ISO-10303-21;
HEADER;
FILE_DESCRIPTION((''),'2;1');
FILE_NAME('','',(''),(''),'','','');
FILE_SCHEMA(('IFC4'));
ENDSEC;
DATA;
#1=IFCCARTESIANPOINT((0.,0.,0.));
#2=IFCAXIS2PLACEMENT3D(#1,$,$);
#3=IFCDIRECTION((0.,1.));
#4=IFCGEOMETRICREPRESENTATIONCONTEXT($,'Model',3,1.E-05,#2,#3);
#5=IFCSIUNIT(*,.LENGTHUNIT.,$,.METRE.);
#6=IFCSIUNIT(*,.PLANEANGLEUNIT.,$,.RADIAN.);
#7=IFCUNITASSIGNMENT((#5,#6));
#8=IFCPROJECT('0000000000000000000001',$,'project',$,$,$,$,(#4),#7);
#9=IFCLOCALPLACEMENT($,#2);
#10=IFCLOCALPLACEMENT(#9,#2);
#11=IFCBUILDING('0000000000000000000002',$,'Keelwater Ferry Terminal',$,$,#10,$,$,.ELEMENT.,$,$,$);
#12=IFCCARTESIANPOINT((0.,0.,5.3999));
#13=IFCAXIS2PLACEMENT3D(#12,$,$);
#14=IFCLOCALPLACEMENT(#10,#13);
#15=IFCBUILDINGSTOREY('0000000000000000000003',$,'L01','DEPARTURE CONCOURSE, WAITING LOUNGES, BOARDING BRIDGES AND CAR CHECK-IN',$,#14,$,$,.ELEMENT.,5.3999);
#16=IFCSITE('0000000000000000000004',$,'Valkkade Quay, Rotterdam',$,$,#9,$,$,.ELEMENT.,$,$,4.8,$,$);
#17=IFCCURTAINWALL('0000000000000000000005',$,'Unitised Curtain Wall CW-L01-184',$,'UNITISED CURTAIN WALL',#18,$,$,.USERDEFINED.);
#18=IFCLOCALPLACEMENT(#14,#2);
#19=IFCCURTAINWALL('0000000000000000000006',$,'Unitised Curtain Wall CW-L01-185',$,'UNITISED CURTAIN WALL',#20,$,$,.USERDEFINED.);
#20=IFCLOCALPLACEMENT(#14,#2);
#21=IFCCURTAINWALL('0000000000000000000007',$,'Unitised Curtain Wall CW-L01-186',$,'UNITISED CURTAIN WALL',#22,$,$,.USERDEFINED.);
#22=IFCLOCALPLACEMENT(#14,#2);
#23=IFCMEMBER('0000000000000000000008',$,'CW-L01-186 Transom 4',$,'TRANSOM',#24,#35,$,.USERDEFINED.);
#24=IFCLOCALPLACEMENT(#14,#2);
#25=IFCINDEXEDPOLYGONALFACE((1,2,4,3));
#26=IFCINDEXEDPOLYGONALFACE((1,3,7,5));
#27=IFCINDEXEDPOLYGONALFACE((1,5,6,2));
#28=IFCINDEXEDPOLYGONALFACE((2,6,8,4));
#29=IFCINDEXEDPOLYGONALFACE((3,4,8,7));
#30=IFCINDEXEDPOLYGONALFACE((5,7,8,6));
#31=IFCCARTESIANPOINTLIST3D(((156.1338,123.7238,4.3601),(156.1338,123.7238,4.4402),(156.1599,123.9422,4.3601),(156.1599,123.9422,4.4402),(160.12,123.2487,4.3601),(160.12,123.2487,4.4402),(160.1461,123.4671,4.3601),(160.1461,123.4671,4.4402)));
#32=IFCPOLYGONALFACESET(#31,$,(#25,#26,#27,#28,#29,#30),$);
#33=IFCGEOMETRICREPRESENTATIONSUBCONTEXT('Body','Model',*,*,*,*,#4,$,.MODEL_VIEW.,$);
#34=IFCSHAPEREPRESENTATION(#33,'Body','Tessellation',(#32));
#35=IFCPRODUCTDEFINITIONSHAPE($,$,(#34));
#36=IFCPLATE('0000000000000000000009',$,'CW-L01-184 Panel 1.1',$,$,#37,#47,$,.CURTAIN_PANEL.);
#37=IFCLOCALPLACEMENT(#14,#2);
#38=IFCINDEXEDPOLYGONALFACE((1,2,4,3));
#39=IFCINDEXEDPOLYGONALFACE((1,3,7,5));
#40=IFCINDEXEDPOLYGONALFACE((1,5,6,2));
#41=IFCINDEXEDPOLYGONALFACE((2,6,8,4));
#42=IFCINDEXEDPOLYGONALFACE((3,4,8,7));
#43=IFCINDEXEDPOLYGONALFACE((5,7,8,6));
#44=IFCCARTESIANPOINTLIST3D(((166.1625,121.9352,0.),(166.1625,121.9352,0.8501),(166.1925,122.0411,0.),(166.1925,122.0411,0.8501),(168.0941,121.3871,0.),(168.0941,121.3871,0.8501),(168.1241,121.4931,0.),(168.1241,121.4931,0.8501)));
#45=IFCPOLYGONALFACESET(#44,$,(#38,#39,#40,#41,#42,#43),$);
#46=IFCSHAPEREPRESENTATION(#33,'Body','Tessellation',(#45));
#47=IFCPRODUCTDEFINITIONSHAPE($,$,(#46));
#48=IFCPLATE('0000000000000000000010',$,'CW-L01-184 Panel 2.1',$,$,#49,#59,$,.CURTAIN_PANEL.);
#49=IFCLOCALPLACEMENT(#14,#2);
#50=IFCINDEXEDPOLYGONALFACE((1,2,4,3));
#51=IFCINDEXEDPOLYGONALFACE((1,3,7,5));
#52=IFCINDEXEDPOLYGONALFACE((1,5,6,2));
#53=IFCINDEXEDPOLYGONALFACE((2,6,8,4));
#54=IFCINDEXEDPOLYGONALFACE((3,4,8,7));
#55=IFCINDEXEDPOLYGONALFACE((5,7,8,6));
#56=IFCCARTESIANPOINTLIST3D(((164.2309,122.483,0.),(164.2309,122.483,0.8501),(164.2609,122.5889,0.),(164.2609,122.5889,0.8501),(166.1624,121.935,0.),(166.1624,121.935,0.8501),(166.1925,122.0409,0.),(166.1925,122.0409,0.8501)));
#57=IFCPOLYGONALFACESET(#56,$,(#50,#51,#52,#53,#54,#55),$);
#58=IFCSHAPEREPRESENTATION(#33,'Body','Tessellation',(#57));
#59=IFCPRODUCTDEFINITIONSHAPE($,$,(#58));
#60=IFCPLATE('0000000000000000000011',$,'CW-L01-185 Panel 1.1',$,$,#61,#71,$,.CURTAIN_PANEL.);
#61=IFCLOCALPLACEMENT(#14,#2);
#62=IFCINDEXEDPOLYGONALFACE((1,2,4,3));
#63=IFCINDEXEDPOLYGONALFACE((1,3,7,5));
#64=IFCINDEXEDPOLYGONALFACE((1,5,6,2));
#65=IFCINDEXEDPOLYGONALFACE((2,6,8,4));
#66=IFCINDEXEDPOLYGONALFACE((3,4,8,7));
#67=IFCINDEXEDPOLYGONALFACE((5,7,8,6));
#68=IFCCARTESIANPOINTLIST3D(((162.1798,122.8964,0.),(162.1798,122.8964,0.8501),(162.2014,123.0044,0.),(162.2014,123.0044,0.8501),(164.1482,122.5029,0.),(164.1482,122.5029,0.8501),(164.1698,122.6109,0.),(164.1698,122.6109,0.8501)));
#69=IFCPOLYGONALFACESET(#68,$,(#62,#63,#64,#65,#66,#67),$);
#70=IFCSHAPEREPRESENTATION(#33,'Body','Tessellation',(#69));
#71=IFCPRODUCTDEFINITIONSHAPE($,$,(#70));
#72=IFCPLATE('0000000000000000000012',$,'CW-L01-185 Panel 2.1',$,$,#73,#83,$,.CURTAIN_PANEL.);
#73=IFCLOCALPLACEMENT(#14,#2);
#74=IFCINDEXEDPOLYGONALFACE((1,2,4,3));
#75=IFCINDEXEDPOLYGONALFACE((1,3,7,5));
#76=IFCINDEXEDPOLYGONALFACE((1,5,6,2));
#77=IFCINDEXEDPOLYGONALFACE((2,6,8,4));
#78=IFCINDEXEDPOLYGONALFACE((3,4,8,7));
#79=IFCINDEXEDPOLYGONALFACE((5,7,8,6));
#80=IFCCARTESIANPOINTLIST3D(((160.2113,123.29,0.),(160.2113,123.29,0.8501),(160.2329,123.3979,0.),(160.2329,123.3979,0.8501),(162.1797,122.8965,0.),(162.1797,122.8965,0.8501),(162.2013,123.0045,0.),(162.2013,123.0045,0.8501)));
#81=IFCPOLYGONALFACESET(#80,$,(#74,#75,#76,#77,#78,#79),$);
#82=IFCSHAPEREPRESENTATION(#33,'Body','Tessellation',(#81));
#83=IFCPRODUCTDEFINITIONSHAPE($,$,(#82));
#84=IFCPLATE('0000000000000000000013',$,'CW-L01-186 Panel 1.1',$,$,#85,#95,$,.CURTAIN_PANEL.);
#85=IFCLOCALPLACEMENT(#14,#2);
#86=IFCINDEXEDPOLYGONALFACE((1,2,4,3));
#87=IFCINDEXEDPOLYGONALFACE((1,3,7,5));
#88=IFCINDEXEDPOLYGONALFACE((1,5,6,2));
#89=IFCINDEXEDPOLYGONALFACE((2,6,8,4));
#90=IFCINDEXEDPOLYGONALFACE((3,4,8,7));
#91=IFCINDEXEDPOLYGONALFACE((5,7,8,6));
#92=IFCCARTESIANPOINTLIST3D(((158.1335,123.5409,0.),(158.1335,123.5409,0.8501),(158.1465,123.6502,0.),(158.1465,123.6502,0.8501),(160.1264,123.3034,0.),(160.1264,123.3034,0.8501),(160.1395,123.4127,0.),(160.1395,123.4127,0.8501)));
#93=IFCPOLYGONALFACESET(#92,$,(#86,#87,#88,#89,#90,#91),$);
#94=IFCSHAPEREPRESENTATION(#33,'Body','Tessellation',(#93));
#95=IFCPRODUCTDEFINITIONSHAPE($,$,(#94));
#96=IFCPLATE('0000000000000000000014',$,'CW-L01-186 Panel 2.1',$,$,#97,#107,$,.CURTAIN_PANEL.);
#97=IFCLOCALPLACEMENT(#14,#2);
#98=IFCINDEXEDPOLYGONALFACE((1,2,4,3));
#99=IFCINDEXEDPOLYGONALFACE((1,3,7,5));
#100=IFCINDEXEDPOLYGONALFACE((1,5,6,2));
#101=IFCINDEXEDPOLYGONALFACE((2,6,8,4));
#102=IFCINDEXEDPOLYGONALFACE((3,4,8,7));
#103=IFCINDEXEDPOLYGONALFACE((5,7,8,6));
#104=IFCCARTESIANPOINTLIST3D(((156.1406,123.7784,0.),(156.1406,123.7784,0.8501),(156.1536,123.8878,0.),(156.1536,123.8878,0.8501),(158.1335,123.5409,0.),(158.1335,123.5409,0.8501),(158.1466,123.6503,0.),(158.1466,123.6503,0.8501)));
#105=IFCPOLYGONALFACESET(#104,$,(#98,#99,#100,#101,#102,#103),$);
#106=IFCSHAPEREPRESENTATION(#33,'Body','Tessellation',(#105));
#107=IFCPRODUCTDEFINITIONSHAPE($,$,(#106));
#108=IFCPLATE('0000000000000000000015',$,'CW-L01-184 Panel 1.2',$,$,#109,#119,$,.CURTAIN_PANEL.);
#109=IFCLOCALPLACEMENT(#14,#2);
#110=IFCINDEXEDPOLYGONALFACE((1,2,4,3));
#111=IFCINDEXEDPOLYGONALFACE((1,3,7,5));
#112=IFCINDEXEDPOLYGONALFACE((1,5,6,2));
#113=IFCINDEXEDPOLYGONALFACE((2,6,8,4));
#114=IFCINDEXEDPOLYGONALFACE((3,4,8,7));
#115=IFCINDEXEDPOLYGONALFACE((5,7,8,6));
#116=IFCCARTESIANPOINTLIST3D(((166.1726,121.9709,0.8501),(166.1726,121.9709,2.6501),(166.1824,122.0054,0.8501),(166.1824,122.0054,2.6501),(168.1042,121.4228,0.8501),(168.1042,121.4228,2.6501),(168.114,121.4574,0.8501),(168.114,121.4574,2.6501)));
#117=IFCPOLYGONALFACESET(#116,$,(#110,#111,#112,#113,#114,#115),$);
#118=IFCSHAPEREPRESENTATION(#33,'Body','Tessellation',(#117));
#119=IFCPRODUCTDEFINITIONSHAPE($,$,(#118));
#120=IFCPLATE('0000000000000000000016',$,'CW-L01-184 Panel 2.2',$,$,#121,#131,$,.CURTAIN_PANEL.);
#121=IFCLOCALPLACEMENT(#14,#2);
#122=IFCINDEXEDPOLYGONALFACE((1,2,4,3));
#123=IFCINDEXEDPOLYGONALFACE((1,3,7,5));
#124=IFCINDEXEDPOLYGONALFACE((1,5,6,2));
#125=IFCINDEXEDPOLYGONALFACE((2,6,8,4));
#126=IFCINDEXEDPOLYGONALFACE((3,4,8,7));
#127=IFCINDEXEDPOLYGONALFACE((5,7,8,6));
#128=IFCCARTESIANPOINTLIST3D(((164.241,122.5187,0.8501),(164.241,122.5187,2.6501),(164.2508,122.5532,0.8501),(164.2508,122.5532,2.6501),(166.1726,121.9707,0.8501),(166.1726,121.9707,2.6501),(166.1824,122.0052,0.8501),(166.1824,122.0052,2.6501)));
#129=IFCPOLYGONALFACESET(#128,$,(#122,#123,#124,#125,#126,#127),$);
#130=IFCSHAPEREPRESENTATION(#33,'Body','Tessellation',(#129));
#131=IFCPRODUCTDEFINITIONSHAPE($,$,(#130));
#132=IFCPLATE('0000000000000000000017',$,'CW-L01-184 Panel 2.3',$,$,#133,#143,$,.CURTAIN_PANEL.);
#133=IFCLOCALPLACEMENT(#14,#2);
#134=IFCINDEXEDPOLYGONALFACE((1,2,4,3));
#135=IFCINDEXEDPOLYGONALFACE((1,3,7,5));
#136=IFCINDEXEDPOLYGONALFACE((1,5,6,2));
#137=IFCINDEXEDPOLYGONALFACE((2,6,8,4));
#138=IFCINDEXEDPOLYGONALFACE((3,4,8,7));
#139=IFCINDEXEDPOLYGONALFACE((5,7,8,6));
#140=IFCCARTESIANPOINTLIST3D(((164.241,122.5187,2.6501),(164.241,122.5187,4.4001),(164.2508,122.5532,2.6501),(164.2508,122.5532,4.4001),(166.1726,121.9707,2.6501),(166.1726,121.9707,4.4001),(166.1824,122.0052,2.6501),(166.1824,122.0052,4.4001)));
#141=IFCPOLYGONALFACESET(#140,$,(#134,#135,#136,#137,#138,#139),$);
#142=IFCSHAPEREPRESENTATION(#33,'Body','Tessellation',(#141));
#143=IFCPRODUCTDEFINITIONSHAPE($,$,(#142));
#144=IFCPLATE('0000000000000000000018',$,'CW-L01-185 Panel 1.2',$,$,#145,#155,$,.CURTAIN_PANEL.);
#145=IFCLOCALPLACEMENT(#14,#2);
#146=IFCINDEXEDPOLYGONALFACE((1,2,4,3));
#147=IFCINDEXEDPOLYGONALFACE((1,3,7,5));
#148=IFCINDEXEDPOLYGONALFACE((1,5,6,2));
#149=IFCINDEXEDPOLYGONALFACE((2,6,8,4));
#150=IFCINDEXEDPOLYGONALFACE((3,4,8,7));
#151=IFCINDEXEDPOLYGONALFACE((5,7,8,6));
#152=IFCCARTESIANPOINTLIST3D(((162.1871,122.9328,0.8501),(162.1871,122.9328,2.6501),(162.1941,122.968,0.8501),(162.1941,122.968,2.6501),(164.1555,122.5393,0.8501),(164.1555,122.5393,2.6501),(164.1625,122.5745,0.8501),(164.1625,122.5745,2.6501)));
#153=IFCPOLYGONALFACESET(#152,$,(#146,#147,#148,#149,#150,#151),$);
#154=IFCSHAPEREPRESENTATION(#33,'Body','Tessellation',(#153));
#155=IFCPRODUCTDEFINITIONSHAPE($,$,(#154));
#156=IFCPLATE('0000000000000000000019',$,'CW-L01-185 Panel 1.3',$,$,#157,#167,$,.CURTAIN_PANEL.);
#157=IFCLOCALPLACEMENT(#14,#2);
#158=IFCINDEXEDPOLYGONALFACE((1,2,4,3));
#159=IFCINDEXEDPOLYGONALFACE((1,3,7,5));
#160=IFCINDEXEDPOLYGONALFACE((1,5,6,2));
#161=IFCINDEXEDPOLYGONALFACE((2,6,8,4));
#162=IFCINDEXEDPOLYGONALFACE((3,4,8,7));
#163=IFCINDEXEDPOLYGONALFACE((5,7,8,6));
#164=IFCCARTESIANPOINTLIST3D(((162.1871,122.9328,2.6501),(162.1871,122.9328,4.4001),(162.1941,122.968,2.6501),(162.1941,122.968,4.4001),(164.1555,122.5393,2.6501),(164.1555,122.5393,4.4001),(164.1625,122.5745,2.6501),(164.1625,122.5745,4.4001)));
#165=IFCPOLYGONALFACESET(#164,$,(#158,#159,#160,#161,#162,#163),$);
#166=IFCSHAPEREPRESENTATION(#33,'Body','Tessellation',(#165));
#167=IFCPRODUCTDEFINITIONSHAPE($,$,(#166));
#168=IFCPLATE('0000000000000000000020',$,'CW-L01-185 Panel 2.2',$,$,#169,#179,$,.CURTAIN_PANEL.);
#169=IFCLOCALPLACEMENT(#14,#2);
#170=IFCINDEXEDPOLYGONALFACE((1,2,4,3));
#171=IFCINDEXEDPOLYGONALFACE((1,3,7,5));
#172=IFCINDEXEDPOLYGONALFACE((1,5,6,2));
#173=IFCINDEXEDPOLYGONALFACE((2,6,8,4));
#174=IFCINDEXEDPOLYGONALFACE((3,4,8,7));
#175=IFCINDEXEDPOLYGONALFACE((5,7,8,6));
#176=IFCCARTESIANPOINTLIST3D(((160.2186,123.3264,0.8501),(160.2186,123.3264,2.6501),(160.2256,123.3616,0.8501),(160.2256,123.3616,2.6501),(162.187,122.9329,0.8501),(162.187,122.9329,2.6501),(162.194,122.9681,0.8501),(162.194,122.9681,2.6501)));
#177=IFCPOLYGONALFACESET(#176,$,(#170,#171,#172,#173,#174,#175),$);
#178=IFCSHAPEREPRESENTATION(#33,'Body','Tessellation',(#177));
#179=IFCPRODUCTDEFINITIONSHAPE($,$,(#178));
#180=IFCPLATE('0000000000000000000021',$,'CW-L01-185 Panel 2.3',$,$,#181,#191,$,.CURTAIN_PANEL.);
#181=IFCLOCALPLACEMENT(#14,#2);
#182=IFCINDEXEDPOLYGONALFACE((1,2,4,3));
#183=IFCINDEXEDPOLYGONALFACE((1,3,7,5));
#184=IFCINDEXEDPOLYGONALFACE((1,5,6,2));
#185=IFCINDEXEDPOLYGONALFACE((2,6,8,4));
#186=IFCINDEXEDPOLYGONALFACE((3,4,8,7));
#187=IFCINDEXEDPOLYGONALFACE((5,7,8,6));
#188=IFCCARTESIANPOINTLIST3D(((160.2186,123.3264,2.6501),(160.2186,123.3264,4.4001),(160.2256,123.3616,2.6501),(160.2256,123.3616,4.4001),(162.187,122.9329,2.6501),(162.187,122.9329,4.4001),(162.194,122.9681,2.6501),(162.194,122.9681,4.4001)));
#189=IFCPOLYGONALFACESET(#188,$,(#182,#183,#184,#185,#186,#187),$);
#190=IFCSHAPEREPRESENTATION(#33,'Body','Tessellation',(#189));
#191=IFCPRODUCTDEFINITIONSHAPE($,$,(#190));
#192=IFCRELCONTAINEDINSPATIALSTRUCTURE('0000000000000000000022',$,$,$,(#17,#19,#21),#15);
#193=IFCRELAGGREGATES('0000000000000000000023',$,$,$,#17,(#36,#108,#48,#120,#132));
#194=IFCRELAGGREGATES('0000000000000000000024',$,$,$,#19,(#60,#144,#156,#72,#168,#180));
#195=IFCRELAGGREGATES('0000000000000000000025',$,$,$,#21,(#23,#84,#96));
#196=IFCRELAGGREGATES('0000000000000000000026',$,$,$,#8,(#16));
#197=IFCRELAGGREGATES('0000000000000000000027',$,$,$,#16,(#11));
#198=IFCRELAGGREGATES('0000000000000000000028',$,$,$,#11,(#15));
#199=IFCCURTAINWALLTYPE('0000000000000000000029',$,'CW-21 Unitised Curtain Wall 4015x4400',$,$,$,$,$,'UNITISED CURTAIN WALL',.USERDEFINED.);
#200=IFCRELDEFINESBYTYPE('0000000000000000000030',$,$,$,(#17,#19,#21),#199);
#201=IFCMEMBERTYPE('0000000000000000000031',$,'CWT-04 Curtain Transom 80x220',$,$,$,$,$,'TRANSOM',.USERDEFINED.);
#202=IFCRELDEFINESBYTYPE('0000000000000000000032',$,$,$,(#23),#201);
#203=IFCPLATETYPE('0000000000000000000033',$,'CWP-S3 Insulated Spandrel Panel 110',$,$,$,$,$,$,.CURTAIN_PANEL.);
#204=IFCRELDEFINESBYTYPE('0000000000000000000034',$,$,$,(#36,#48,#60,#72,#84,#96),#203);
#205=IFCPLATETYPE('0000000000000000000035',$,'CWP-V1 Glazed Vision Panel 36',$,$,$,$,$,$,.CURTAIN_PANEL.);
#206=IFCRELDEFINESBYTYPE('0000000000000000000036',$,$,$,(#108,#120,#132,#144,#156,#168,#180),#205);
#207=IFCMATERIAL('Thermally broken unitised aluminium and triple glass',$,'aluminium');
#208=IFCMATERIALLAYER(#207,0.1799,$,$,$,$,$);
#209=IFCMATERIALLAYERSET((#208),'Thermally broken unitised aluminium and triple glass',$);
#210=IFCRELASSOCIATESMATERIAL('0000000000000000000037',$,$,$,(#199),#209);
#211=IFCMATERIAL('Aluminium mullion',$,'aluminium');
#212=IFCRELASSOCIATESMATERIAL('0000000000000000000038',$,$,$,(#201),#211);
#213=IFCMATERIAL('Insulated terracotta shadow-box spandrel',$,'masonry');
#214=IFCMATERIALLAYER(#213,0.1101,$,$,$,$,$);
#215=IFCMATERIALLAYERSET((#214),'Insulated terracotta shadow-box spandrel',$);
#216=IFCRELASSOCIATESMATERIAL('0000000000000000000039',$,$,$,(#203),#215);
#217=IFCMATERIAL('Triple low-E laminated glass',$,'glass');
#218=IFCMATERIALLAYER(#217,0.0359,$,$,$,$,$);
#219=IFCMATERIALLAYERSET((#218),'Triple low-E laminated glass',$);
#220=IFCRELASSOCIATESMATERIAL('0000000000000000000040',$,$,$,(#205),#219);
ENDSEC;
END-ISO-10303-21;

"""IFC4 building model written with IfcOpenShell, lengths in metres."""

from ifc_helpers import new_model, si_unit, direction, frame, origin, origin_2d, place, context, subcontext, project, spatial, rectangle, extrude, material, layer, layer_set, material_profile, profile_set, type_object, element, aggregate, save


model = new_model("IFC4")

# Units and contexts
model_context = context("Model", 3, precision=1e-05, world=origin(), true_north=direction((0.0, 1.0)))
body_context = subcontext(model_context, "Body", "Model", "MODEL_VIEW")
ifc_project = project(units=[si_unit("LENGTHUNIT", "METRE"), si_unit("PLANEANGLEUNIT", "RADIAN")], contexts=[model_context])

# Site, building, storey
site_placement = place(None, origin())
site = spatial("IfcSite", under=ifc_project, at=site_placement, Name="Valkkade Quay, Rotterdam", CompositionType="ELEMENT", RefElevation=4.8)
building_placement = place(site_placement, origin())
building = spatial("IfcBuilding", under=site, at=building_placement, Name="Keelwater Ferry Terminal", CompositionType="ELEMENT")
storey_placement = place(building_placement, frame((0.0, 0.0, 5.3999)))
storey = spatial("IfcBuildingStorey", under=building, at=storey_placement, Name="L01", Description="DEPARTURE CONCOURSE, WAITING LOUNGES, BOARDING BRIDGES AND CAR CHECK-IN", CompositionType="ELEMENT", Elevation=5.3999)

# Curtain walls
ifc_material_1 = material(Name="Thermally broken unitised aluminium and triple glass", Category="aluminium")
ifc_layer_1 = layer(ifc_material_1, 0.1799)
ifc_layer_set_1 = layer_set([ifc_layer_1], Name="Thermally broken unitised aluminium and triple glass")
curtain_wall_type = type_object("IfcCurtainWallType", Name="CW-21 Unitised Curtain Wall 4015x4400", ElementType="UNITISED CURTAIN WALL", PredefinedType="USERDEFINED", material=ifc_layer_set_1)
curtain_wall_1_placement = place(storey_placement, origin())
curtain_wall_1 = element("IfcCurtainWall", 1, at=curtain_wall_1_placement, inside=storey, type_object=curtain_wall_type, Name="Unitised Curtain Wall CW-L01-184", ObjectType="UNITISED CURTAIN WALL", PredefinedType="USERDEFINED")
curtain_wall_2_placement = place(storey_placement, origin())
curtain_wall_2 = element("IfcCurtainWall", 2, at=curtain_wall_2_placement, inside=storey, type_object=curtain_wall_type, Name="Unitised Curtain Wall CW-L01-185", ObjectType="UNITISED CURTAIN WALL", PredefinedType="USERDEFINED")
curtain_wall_3_placement = place(storey_placement, origin())
curtain_wall_3 = element("IfcCurtainWall", 3, at=curtain_wall_3_placement, inside=storey, type_object=curtain_wall_type, Name="Unitised Curtain Wall CW-L01-186", ObjectType="UNITISED CURTAIN WALL", PredefinedType="USERDEFINED")

# Member
ifc_material_2 = material(Name="Aluminium mullion", Category="aluminium")
ifc_material_profile_1 = material_profile(ifc_material_2, rectangle(XDim=0.22, YDim=0.0801, at=origin_2d()), Name="CWT-04")
ifc_profile_set_1 = profile_set([ifc_material_profile_1], Name="Aluminium mullion")
member_type_1 = type_object("IfcMemberType", Name="CWT-04 Curtain Transom 80x220", ElementType="TRANSOM", PredefinedType="USERDEFINED", material=ifc_profile_set_1)
member_1_placement = place(storey_placement, frame((160.1331, 123.3579, 4.4001), z_axis=(-0.992972, 0.118351, 0.0), x_axis=(-0.118351, -0.992972, 0.0)))
member_1 = element("IfcMember", 4, at=member_1_placement, type_object=member_type_1, Name="CW-L01-186 Transom 4", ObjectType="TRANSOM", PredefinedType="USERDEFINED", context=body_context, shape_type="SweptSolid", body=[
    extrude(rectangle(XDim=0.22, YDim=0.0801, at=origin_2d()), origin(), (0.0, 0.0, 1.0), 4.0144),
])

# Plates
ifc_material_3 = material(Name="Insulated terracotta shadow-box spandrel", Category="masonry")
ifc_layer_2 = layer(ifc_material_3, 0.1101)
ifc_layer_set_2 = layer_set([ifc_layer_2], Name="Insulated terracotta shadow-box spandrel")
plate_type_1 = type_object("IfcPlateType", Name="CWP-S3 Insulated Spandrel Panel 110", PredefinedType="CURTAIN_PANEL", material=ifc_layer_set_2)
plate_1_placement = place(storey_placement, frame((167.1433, 121.7141, 0.0), z_axis=(0.0, 0.0, 1.0), x_axis=(-0.96203, 0.272945, 0.0)))
plate_1 = element("IfcPlate", 5, at=plate_1_placement, type_object=plate_type_1, Name="CW-L01-184 Panel 1.1", PredefinedType="CURTAIN_PANEL", context=body_context, shape_type="SweptSolid", body=[
    extrude(rectangle(XDim=2.0078, YDim=0.1101, at=origin_2d()), origin(), (0.0, 0.0, 1.0), 0.8501),
])
plate_2_placement = place(storey_placement, frame((165.2117, 122.262, 0.0), z_axis=(0.0, 0.0, 1.0), x_axis=(-0.96203, 0.272945, 0.0)))
plate_2 = element("IfcPlate", 6, at=plate_2_placement, type_object=plate_type_1, Name="CW-L01-184 Panel 2.1", PredefinedType="CURTAIN_PANEL", context=body_context, shape_type="SweptSolid", body=[
    extrude(rectangle(XDim=2.0078, YDim=0.1101, at=origin_2d()), origin(), (0.0, 0.0, 1.0), 0.8501),
])
plate_3_placement = place(storey_placement, frame((163.1748, 122.7537, 0.0), z_axis=(0.0, 0.0, 1.0), x_axis=(-0.9806, 0.19602, 0.0)))
plate_3 = element("IfcPlate", 7, at=plate_3_placement, type_object=plate_type_1, Name="CW-L01-185 Panel 1.1", PredefinedType="CURTAIN_PANEL", context=body_context, shape_type="SweptSolid", body=[
    extrude(rectangle(XDim=2.0073, YDim=0.1101, at=origin_2d()), origin(), (0.0, 0.0, 1.0), 0.8501),
])
plate_4_placement = place(storey_placement, frame((161.2063, 123.1472, 0.0), z_axis=(0.0, 0.0, 1.0), x_axis=(-0.9806, 0.19602, 0.0)))
plate_4 = element("IfcPlate", 8, at=plate_4_placement, type_object=plate_type_1, Name="CW-L01-185 Panel 2.1", PredefinedType="CURTAIN_PANEL", context=body_context, shape_type="SweptSolid", body=[
    extrude(rectangle(XDim=2.0073, YDim=0.1101, at=origin_2d()), origin(), (0.0, 0.0, 1.0), 0.8501),
])
plate_5_placement = place(storey_placement, frame((159.1365, 123.4768, 0.0), z_axis=(0.0, 0.0, 1.0), x_axis=(-0.992974, 0.11833, 0.0)))
plate_5 = element("IfcPlate", 9, at=plate_5_placement, type_object=plate_type_1, Name="CW-L01-186 Panel 1.1", PredefinedType="CURTAIN_PANEL", context=body_context, shape_type="SweptSolid", body=[
    extrude(rectangle(XDim=2.0071, YDim=0.1101, at=origin_2d()), origin(), (0.0, 0.0, 1.0), 0.8501),
])
plate_6_placement = place(storey_placement, frame((157.1436, 123.7144, 0.0), z_axis=(0.0, 0.0, 1.0), x_axis=(-0.992974, 0.11833, 0.0)))
plate_6 = element("IfcPlate", 10, at=plate_6_placement, type_object=plate_type_1, Name="CW-L01-186 Panel 2.1", PredefinedType="CURTAIN_PANEL", context=body_context, shape_type="SweptSolid", body=[
    extrude(rectangle(XDim=2.0071, YDim=0.1101, at=origin_2d()), origin(), (0.0, 0.0, 1.0), 0.8501),
])
ifc_material_4 = material(Name="Triple low-E laminated glass", Category="glass")
ifc_layer_3 = layer(ifc_material_4, 0.0359)
ifc_layer_set_3 = layer_set([ifc_layer_3], Name="Triple low-E laminated glass")
plate_type_2 = type_object("IfcPlateType", Name="CWP-V1 Glazed Vision Panel 36", PredefinedType="CURTAIN_PANEL", material=ifc_layer_set_3)
plate_7_placement = place(storey_placement, frame((167.1433, 121.7141, 0.8501), z_axis=(0.0, 0.0, 1.0), x_axis=(-0.96203, 0.272945, 0.0)))
plate_7 = element("IfcPlate", 11, at=plate_7_placement, type_object=plate_type_2, Name="CW-L01-184 Panel 1.2", PredefinedType="CURTAIN_PANEL", context=body_context, shape_type="SweptSolid", body=[
    extrude(rectangle(XDim=2.0078, YDim=0.0359, at=origin_2d()), origin(), (0.0, 0.0, 1.0), 1.8),
])
plate_8_placement = place(storey_placement, frame((165.2117, 122.262, 0.8501), z_axis=(0.0, 0.0, 1.0), x_axis=(-0.96203, 0.272945, 0.0)))
plate_8 = element("IfcPlate", 12, at=plate_8_placement, type_object=plate_type_2, Name="CW-L01-184 Panel 2.2", PredefinedType="CURTAIN_PANEL", context=body_context, shape_type="SweptSolid", body=[
    extrude(rectangle(XDim=2.0078, YDim=0.0359, at=origin_2d()), origin(), (0.0, 0.0, 1.0), 1.8),
])
plate_9_placement = place(storey_placement, frame((165.2117, 122.262, 2.6501), z_axis=(0.0, 0.0, 1.0), x_axis=(-0.96203, 0.272945, 0.0)))
plate_9 = element("IfcPlate", 13, at=plate_9_placement, type_object=plate_type_2, Name="CW-L01-184 Panel 2.3", PredefinedType="CURTAIN_PANEL", context=body_context, shape_type="SweptSolid", body=[
    extrude(rectangle(XDim=2.0078, YDim=0.0359, at=origin_2d()), origin(), (0.0, 0.0, 1.0), 1.75),
])
aggregate(curtain_wall_1, [plate_1, plate_7, plate_2, plate_8, plate_9])
plate_10_placement = place(storey_placement, frame((163.1748, 122.7537, 0.8501), z_axis=(0.0, 0.0, 1.0), x_axis=(-0.9806, 0.19602, 0.0)))
plate_10 = element("IfcPlate", 14, at=plate_10_placement, type_object=plate_type_2, Name="CW-L01-185 Panel 1.2", PredefinedType="CURTAIN_PANEL", context=body_context, shape_type="SweptSolid", body=[
    extrude(rectangle(XDim=2.0073, YDim=0.0359, at=origin_2d()), origin(), (0.0, 0.0, 1.0), 1.8),
])
plate_11_placement = place(storey_placement, frame((163.1748, 122.7537, 2.6501), z_axis=(0.0, 0.0, 1.0), x_axis=(-0.9806, 0.19602, 0.0)))
plate_11 = element("IfcPlate", 15, at=plate_11_placement, type_object=plate_type_2, Name="CW-L01-185 Panel 1.3", PredefinedType="CURTAIN_PANEL", context=body_context, shape_type="SweptSolid", body=[
    extrude(rectangle(XDim=2.0073, YDim=0.0359, at=origin_2d()), origin(), (0.0, 0.0, 1.0), 1.75),
])
plate_12_placement = place(storey_placement, frame((161.2063, 123.1472, 0.8501), z_axis=(0.0, 0.0, 1.0), x_axis=(-0.9806, 0.19602, 0.0)))
plate_12 = element("IfcPlate", 16, at=plate_12_placement, type_object=plate_type_2, Name="CW-L01-185 Panel 2.2", PredefinedType="CURTAIN_PANEL", context=body_context, shape_type="SweptSolid", body=[
    extrude(rectangle(XDim=2.0073, YDim=0.0359, at=origin_2d()), origin(), (0.0, 0.0, 1.0), 1.8),
])
plate_13_placement = place(storey_placement, frame((161.2063, 123.1472, 2.6501), z_axis=(0.0, 0.0, 1.0), x_axis=(-0.9806, 0.19602, 0.0)))
plate_13 = element("IfcPlate", 17, at=plate_13_placement, type_object=plate_type_2, Name="CW-L01-185 Panel 2.3", PredefinedType="CURTAIN_PANEL", context=body_context, shape_type="SweptSolid", body=[
    extrude(rectangle(XDim=2.0073, YDim=0.0359, at=origin_2d()), origin(), (0.0, 0.0, 1.0), 1.75),
])
aggregate(curtain_wall_2, [plate_3, plate_10, plate_11, plate_4, plate_12, plate_13])
aggregate(curtain_wall_3, [member_1, plate_5, plate_6])

save(model, "model.ifc")
